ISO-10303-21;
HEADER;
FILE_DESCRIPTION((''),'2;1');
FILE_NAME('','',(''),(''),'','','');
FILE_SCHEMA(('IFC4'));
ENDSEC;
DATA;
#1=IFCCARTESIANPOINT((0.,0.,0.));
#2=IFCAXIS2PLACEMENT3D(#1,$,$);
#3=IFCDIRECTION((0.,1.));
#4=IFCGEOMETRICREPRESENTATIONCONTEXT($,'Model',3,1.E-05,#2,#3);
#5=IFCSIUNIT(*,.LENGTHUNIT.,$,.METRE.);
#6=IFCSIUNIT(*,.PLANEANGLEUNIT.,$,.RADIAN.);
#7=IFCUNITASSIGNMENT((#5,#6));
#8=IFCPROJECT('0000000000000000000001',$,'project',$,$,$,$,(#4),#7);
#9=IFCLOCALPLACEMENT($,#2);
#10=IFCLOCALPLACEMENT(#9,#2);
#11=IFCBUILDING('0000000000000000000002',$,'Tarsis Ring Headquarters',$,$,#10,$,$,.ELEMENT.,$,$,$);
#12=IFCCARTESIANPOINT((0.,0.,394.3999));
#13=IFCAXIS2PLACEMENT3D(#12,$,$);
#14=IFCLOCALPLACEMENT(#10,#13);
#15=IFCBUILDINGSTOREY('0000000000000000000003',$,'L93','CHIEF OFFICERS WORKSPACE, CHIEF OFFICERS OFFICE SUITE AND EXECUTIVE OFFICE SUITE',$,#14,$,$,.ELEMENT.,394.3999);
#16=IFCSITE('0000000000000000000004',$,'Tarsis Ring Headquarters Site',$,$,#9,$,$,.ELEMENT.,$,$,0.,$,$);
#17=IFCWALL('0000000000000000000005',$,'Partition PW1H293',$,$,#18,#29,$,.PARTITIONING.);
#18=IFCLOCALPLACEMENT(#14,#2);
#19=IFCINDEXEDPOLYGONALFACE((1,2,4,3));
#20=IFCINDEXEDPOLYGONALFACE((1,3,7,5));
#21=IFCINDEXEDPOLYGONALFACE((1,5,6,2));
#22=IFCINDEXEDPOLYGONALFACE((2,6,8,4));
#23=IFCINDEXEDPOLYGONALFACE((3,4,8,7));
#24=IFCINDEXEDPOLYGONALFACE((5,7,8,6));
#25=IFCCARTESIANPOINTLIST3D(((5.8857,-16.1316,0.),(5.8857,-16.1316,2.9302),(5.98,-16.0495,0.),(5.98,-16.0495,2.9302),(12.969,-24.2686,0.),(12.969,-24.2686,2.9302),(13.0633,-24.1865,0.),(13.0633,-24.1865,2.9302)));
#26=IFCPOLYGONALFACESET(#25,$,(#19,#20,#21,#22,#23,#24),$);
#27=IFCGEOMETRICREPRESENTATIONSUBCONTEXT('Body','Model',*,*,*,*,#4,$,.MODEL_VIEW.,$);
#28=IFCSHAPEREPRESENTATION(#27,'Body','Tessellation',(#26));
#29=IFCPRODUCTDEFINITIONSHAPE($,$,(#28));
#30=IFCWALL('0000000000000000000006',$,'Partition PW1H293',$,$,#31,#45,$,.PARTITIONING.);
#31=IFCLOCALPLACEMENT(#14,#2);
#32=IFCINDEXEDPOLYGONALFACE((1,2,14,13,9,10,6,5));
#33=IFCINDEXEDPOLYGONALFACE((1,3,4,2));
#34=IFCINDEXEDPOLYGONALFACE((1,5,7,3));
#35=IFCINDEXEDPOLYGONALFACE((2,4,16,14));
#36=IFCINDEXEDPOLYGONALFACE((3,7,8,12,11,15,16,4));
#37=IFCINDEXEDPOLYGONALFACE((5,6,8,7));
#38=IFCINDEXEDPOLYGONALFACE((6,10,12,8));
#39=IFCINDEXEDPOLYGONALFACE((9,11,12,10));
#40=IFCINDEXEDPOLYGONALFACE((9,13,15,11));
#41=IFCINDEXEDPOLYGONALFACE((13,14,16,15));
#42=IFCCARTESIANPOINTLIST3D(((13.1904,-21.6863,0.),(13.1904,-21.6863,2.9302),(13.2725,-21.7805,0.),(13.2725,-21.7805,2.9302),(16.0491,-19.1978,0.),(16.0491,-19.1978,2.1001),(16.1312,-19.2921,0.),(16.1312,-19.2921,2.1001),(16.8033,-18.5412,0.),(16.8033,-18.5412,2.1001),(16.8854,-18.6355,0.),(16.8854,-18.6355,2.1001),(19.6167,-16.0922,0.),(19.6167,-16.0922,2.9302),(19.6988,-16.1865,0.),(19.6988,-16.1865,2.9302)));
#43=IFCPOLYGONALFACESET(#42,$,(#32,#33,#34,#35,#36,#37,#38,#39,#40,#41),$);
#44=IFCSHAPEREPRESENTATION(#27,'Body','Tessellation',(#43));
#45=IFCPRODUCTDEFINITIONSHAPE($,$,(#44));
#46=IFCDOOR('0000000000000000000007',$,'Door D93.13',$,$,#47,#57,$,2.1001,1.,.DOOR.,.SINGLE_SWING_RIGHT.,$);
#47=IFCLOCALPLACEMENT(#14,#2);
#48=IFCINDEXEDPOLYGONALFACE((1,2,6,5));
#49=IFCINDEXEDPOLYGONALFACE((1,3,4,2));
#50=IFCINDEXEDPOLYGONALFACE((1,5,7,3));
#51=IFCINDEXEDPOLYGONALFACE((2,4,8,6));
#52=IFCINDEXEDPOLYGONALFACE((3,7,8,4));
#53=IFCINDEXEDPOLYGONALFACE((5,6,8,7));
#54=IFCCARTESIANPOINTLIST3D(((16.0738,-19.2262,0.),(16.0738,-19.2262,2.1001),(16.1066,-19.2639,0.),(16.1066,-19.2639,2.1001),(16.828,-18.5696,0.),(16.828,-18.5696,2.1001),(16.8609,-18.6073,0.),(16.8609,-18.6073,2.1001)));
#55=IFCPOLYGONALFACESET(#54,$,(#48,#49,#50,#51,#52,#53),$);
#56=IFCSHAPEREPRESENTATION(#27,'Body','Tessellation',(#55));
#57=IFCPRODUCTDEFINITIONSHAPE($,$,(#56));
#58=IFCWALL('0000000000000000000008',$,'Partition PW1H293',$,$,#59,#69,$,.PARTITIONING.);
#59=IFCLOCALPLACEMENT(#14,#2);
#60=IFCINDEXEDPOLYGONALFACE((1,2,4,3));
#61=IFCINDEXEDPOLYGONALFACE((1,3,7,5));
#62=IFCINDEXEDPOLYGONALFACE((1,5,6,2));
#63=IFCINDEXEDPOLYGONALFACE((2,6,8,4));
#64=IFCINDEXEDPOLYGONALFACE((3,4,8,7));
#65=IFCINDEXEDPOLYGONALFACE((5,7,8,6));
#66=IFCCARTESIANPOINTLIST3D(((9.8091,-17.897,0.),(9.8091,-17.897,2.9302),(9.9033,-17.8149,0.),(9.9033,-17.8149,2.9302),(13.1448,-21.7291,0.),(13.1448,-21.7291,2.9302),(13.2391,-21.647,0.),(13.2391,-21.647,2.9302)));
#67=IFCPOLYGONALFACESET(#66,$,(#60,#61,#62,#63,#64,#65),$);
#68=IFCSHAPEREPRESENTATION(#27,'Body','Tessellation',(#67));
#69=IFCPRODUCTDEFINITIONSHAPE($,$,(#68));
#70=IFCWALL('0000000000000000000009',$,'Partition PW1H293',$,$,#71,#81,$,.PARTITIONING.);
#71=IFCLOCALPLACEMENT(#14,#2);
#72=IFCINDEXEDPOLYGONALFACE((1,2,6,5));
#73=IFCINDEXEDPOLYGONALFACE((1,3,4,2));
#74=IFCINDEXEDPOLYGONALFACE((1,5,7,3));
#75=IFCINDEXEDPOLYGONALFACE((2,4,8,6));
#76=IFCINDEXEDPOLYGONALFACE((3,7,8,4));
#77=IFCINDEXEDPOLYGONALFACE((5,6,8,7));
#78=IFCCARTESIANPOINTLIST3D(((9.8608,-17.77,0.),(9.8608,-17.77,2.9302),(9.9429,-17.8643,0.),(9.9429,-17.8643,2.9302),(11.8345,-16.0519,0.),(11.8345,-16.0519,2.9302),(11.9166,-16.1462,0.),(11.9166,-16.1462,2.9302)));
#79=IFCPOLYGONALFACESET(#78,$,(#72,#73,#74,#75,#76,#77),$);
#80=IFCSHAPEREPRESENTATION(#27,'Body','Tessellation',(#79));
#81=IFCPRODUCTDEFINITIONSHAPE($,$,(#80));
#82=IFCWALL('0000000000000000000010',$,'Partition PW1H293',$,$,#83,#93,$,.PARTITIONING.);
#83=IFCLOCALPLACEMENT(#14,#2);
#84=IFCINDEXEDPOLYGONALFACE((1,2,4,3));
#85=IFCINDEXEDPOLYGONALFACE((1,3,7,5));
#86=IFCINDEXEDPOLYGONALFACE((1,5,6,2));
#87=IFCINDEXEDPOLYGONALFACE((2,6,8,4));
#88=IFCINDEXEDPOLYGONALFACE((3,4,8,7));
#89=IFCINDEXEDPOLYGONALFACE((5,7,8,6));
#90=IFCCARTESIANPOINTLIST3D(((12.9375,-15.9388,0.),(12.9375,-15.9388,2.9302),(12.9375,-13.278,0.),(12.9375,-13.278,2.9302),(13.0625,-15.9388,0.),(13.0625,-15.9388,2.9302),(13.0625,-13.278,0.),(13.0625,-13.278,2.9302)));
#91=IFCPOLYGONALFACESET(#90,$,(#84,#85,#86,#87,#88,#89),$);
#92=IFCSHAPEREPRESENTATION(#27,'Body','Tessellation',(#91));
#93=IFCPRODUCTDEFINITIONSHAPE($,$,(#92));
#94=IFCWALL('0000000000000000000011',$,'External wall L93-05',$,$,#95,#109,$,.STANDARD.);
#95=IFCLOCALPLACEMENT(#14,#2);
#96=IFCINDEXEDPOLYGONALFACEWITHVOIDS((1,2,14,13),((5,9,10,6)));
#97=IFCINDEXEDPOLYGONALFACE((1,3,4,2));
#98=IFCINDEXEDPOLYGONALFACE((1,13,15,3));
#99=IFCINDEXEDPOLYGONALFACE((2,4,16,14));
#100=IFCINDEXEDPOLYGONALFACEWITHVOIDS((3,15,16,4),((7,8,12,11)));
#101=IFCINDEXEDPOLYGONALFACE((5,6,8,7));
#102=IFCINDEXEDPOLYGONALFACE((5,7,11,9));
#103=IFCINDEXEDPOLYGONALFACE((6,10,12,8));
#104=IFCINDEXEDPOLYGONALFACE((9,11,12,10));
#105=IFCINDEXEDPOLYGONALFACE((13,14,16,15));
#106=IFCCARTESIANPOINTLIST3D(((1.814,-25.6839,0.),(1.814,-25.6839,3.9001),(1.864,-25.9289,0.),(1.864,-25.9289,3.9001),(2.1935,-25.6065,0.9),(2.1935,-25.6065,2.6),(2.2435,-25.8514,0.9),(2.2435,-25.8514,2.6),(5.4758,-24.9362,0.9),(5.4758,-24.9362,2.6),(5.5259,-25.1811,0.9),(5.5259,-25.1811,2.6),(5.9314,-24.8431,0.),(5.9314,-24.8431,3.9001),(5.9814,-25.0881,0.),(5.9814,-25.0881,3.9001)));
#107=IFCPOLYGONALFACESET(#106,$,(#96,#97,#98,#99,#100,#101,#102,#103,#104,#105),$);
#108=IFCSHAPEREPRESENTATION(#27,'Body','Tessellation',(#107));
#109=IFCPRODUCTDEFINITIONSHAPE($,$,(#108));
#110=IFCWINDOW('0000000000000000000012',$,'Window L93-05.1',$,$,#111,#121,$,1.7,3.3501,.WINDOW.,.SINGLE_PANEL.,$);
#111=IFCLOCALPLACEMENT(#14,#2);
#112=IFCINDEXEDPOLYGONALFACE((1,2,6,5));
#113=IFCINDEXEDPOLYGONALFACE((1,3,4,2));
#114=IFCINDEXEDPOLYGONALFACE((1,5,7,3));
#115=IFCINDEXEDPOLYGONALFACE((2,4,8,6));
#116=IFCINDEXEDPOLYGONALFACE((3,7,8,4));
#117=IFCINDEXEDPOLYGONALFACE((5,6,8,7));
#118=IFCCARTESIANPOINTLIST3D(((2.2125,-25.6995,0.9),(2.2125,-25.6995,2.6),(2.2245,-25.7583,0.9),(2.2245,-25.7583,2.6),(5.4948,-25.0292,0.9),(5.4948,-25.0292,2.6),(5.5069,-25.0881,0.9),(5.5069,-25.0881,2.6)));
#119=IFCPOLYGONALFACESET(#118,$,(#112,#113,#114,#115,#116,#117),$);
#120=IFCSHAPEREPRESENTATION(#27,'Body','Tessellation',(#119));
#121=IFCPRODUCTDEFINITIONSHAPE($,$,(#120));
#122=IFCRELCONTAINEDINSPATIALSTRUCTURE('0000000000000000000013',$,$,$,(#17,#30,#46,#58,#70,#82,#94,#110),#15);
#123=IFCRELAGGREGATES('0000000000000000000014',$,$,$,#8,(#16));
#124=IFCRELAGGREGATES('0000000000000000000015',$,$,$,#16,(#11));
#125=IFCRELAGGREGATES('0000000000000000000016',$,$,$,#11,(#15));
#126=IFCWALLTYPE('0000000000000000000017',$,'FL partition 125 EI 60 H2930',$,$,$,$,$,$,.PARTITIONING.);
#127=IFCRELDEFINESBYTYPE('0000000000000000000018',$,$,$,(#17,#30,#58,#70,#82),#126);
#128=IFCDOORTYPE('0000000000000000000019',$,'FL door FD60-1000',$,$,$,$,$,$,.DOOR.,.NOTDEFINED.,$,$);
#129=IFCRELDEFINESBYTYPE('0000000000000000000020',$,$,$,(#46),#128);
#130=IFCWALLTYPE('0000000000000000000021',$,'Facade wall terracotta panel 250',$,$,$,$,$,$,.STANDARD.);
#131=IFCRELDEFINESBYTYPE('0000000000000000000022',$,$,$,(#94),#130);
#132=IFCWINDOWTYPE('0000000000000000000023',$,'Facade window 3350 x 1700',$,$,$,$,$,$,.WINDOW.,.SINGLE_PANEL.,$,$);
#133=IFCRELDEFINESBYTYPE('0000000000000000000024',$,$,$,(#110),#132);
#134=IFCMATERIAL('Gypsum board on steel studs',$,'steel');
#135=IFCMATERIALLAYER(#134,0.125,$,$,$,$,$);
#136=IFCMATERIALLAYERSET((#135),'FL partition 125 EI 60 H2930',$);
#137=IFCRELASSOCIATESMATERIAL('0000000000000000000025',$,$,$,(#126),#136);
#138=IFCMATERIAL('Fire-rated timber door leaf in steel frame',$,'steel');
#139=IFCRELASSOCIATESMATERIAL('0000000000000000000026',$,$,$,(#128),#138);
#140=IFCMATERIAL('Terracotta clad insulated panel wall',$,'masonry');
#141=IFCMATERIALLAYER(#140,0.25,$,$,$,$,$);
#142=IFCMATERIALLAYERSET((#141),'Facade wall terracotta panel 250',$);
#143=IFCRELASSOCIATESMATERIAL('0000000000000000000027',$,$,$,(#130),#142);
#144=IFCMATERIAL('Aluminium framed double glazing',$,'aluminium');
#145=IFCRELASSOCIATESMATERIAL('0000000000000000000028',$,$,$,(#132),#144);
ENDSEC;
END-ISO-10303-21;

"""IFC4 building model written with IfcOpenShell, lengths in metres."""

from ifc_helpers import new_model, si_unit, direction, frame, frame_2d, origin, place, context, subcontext, project, spatial, rectangle, extrude, material, layer, layer_set, type_object, element, fill, save


model = new_model("IFC4")

# Units and contexts
model_context = context("Model", 3, precision=1e-05, world=origin(), true_north=direction((0.0, 1.0)))
body_context = subcontext(model_context, "Body", "Model", "MODEL_VIEW")
ifc_project = project(units=[si_unit("LENGTHUNIT", "METRE"), si_unit("PLANEANGLEUNIT", "RADIAN")], contexts=[model_context])

# Site, building, storey
site_placement = place(None, origin())
site = spatial("IfcSite", under=ifc_project, at=site_placement, Name="Tarsis Ring Headquarters Site", CompositionType="ELEMENT", RefElevation=0.0)
building_placement = place(site_placement, origin())
building = spatial("IfcBuilding", under=site, at=building_placement, Name="Tarsis Ring Headquarters", CompositionType="ELEMENT")
storey_placement = place(building_placement, frame((0.0, 0.0, 394.3999)))
storey = spatial("IfcBuildingStorey", under=building, at=storey_placement, Name="L93", Description="CHIEF OFFICERS WORKSPACE, CHIEF OFFICERS OFFICE SUITE AND EXECUTIVE OFFICE SUITE", CompositionType="ELEMENT", Elevation=394.3999)

# Wall
ifc_material_1 = material(Name="Gypsum board on steel studs", Category="steel")
ifc_layer_1 = layer(ifc_material_1, 0.125)
ifc_layer_set_1 = layer_set([ifc_layer_1], Name="FL partition 125 EI 60 H2930")
wall_type_1 = type_object("IfcWallType", Name="FL partition 125 EI 60 H2930", PredefinedType="PARTITIONING", material=ifc_layer_set_1)
wall_1_placement = place(storey_placement, frame((5.9329, -16.0906, 0.0), z_axis=(0.0, 0.0, 1.0), x_axis=(0.656581, -0.754255, 0.0)))
element("IfcWall", 1, at=wall_1_placement, inside=storey, type_object=wall_type_1, Name="Partition PW1H293", PredefinedType="PARTITIONING", context=body_context, shape_type="SweptSolid", body=[
    extrude(rectangle(XDim=10.7881, YDim=0.125, at=frame_2d((5.394, 0.0))), origin(), (0.0, 0.0, 1.0), 2.9302),
])

# Wall, opening, door
wall_2_placement = place(storey_placement, frame((13.2314, -21.7334, 0.0), z_axis=(0.0, 0.0, 1.0), x_axis=(0.754261, 0.656575, 0.0)))
wall_2 = element("IfcWall", 2, at=wall_2_placement, inside=storey, type_object=wall_type_1, Name="Partition PW1H293", PredefinedType="PARTITIONING", context=body_context, shape_type="SweptSolid", body=[
    extrude(rectangle(XDim=8.52, YDim=0.125, at=frame_2d((4.26, 0.0))), origin(), (0.0, 0.0, 1.0), 2.9302),
])
opening_1_placement = place(wall_2_placement, frame((3.79, 0.0, 0.0)))
opening_1 = element("IfcOpeningElement", 3, at=opening_1_placement, cuts=wall_2, PredefinedType="OPENING", context=body_context, shape_type="SweptSolid", body=[
    extrude(rectangle(XDim=1.0, YDim=2.1001, at=frame_2d((0.5, 1.05))), frame((0.0, 0.0725, 0.0), z_axis=(0.0, -1.0, 0.0), x_axis=(1.0, 0.0, 0.0)), (0.0, 0.0, 1.0), 0.145),
])
ifc_material_2 = material(Name="Fire-rated timber door leaf in steel frame", Category="steel")
door_type_1 = type_object("IfcDoorType", Name="FL door FD60-1000", OperationType="NOTDEFINED", PredefinedType="DOOR", material=ifc_material_2)
door_1_placement = place(opening_1_placement, origin())
door_1 = element("IfcDoor", 4, at=door_1_placement, inside=storey, type_object=door_type_1, Name="Door D93.13", OperationType="SINGLE_SWING_RIGHT", OverallHeight=2.1001, OverallWidth=1.0, PredefinedType="DOOR", context=body_context, shape_type="SweptSolid", body=[
    extrude(rectangle(XDim=1.0, YDim=2.1001, at=frame_2d((0.5, 1.05))), frame((0.0, 0.0249, 0.0), z_axis=(0.0, -1.0, 0.0), x_axis=(1.0, 0.0, 0.0)), (0.0, 0.0, 1.0), 0.05),
])
fill(opening_1, door_1)

# Walls
wall_3_placement = place(storey_placement, frame((9.8562, -17.856, 0.0), z_axis=(0.0, 0.0, 1.0), x_axis=(0.65657, -0.754265, 0.0)))
element("IfcWall", 5, at=wall_3_placement, inside=storey, type_object=wall_type_1, Name="Partition PW1H293", PredefinedType="PARTITIONING", context=body_context, shape_type="SweptSolid", body=[
    extrude(rectangle(XDim=5.0806, YDim=0.125, at=frame_2d((2.5403, 0.0))), origin(), (0.0, 0.0, 1.0), 2.9302),
])
wall_4_placement = place(storey_placement, frame((9.9019, -17.8171, 0.0), z_axis=(0.0, 0.0, 1.0), x_axis=(0.754262, 0.656574, 0.0)))
element("IfcWall", 6, at=wall_4_placement, inside=storey, type_object=wall_type_1, Name="Partition PW1H293", PredefinedType="PARTITIONING", context=body_context, shape_type="SweptSolid", body=[
    extrude(rectangle(XDim=2.6167, YDim=0.125, at=frame_2d((1.3083, 0.0))), origin(), (0.0, 0.0, 1.0), 2.9302),
])
wall_5_placement = place(storey_placement, frame((13.0, -15.939, 0.0), z_axis=(0.0, 0.0, 1.0), x_axis=(0.0, 1.0, 0.0)))
element("IfcWall", 7, at=wall_5_placement, inside=storey, type_object=wall_type_1, Name="Partition PW1H293", PredefinedType="PARTITIONING", context=body_context, shape_type="SweptSolid", body=[
    extrude(rectangle(XDim=2.6609, YDim=0.125, at=frame_2d((1.3306, 0.0))), origin(), (0.0, 0.0, 1.0), 2.9302),
])

# Wall, opening, window
ifc_material_3 = material(Name="Terracotta clad insulated panel wall", Category="masonry")
ifc_layer_2 = layer(ifc_material_3, 0.25)
ifc_layer_set_2 = layer_set([ifc_layer_2], Name="Facade wall terracotta panel 250")
wall_type_2 = type_object("IfcWallType", Name="Facade wall terracotta panel 250", PredefinedType="STANDARD", material=ifc_layer_set_2)
wall_6_placement = place(storey_placement, frame((1.8391, -25.8064, 0.0), z_axis=(0.0, 0.0, 1.0), x_axis=(0.979779, 0.200081, 0.0)))
wall_6 = element("IfcWall", 8, at=wall_6_placement, inside=storey, type_object=wall_type_2, Name="External wall L93-05", PredefinedType="STANDARD", context=body_context, shape_type="SweptSolid", body=[
    extrude(rectangle(XDim=4.2024, YDim=0.25, at=frame_2d((2.1011, 0.0))), origin(), (0.0, 0.0, 1.0), 3.9001),
])
opening_2_placement = place(wall_6_placement, frame((0.3872, 0.0, 0.8999)))
opening_2 = element("IfcOpeningElement", 9, at=opening_2_placement, cuts=wall_6, PredefinedType="OPENING", context=body_context, shape_type="SweptSolid", body=[
    extrude(rectangle(XDim=3.3501, YDim=1.7, at=frame_2d((1.675, 0.8501))), frame((0.0, 0.135, 0.0), z_axis=(0.0, -1.0, 0.0), x_axis=(1.0, 0.0, 0.0)), (0.0, 0.0, 1.0), 0.27),
])
ifc_material_4 = material(Name="Aluminium framed double glazing", Category="aluminium")
window_type = type_object("IfcWindowType", Name="Facade window 3350 x 1700", PartitioningType="SINGLE_PANEL", PredefinedType="WINDOW", material=ifc_material_4)
window_placement = place(opening_2_placement, origin())
window = element("IfcWindow", 10, at=window_placement, inside=storey, type_object=window_type, Name="Window L93-05.1", OverallHeight=1.7, OverallWidth=3.3501, PartitioningType="SINGLE_PANEL", PredefinedType="WINDOW", context=body_context, shape_type="SweptSolid", body=[
    extrude(rectangle(XDim=3.3501, YDim=1.7, at=frame_2d((1.675, 0.8501))), frame((0.0, 0.03, 0.0), z_axis=(0.0, -1.0, 0.0), x_axis=(1.0, 0.0, 0.0)), (0.0, 0.0, 1.0), 0.0601),
])
fill(opening_2, window)

save(model, "model.ifc")
